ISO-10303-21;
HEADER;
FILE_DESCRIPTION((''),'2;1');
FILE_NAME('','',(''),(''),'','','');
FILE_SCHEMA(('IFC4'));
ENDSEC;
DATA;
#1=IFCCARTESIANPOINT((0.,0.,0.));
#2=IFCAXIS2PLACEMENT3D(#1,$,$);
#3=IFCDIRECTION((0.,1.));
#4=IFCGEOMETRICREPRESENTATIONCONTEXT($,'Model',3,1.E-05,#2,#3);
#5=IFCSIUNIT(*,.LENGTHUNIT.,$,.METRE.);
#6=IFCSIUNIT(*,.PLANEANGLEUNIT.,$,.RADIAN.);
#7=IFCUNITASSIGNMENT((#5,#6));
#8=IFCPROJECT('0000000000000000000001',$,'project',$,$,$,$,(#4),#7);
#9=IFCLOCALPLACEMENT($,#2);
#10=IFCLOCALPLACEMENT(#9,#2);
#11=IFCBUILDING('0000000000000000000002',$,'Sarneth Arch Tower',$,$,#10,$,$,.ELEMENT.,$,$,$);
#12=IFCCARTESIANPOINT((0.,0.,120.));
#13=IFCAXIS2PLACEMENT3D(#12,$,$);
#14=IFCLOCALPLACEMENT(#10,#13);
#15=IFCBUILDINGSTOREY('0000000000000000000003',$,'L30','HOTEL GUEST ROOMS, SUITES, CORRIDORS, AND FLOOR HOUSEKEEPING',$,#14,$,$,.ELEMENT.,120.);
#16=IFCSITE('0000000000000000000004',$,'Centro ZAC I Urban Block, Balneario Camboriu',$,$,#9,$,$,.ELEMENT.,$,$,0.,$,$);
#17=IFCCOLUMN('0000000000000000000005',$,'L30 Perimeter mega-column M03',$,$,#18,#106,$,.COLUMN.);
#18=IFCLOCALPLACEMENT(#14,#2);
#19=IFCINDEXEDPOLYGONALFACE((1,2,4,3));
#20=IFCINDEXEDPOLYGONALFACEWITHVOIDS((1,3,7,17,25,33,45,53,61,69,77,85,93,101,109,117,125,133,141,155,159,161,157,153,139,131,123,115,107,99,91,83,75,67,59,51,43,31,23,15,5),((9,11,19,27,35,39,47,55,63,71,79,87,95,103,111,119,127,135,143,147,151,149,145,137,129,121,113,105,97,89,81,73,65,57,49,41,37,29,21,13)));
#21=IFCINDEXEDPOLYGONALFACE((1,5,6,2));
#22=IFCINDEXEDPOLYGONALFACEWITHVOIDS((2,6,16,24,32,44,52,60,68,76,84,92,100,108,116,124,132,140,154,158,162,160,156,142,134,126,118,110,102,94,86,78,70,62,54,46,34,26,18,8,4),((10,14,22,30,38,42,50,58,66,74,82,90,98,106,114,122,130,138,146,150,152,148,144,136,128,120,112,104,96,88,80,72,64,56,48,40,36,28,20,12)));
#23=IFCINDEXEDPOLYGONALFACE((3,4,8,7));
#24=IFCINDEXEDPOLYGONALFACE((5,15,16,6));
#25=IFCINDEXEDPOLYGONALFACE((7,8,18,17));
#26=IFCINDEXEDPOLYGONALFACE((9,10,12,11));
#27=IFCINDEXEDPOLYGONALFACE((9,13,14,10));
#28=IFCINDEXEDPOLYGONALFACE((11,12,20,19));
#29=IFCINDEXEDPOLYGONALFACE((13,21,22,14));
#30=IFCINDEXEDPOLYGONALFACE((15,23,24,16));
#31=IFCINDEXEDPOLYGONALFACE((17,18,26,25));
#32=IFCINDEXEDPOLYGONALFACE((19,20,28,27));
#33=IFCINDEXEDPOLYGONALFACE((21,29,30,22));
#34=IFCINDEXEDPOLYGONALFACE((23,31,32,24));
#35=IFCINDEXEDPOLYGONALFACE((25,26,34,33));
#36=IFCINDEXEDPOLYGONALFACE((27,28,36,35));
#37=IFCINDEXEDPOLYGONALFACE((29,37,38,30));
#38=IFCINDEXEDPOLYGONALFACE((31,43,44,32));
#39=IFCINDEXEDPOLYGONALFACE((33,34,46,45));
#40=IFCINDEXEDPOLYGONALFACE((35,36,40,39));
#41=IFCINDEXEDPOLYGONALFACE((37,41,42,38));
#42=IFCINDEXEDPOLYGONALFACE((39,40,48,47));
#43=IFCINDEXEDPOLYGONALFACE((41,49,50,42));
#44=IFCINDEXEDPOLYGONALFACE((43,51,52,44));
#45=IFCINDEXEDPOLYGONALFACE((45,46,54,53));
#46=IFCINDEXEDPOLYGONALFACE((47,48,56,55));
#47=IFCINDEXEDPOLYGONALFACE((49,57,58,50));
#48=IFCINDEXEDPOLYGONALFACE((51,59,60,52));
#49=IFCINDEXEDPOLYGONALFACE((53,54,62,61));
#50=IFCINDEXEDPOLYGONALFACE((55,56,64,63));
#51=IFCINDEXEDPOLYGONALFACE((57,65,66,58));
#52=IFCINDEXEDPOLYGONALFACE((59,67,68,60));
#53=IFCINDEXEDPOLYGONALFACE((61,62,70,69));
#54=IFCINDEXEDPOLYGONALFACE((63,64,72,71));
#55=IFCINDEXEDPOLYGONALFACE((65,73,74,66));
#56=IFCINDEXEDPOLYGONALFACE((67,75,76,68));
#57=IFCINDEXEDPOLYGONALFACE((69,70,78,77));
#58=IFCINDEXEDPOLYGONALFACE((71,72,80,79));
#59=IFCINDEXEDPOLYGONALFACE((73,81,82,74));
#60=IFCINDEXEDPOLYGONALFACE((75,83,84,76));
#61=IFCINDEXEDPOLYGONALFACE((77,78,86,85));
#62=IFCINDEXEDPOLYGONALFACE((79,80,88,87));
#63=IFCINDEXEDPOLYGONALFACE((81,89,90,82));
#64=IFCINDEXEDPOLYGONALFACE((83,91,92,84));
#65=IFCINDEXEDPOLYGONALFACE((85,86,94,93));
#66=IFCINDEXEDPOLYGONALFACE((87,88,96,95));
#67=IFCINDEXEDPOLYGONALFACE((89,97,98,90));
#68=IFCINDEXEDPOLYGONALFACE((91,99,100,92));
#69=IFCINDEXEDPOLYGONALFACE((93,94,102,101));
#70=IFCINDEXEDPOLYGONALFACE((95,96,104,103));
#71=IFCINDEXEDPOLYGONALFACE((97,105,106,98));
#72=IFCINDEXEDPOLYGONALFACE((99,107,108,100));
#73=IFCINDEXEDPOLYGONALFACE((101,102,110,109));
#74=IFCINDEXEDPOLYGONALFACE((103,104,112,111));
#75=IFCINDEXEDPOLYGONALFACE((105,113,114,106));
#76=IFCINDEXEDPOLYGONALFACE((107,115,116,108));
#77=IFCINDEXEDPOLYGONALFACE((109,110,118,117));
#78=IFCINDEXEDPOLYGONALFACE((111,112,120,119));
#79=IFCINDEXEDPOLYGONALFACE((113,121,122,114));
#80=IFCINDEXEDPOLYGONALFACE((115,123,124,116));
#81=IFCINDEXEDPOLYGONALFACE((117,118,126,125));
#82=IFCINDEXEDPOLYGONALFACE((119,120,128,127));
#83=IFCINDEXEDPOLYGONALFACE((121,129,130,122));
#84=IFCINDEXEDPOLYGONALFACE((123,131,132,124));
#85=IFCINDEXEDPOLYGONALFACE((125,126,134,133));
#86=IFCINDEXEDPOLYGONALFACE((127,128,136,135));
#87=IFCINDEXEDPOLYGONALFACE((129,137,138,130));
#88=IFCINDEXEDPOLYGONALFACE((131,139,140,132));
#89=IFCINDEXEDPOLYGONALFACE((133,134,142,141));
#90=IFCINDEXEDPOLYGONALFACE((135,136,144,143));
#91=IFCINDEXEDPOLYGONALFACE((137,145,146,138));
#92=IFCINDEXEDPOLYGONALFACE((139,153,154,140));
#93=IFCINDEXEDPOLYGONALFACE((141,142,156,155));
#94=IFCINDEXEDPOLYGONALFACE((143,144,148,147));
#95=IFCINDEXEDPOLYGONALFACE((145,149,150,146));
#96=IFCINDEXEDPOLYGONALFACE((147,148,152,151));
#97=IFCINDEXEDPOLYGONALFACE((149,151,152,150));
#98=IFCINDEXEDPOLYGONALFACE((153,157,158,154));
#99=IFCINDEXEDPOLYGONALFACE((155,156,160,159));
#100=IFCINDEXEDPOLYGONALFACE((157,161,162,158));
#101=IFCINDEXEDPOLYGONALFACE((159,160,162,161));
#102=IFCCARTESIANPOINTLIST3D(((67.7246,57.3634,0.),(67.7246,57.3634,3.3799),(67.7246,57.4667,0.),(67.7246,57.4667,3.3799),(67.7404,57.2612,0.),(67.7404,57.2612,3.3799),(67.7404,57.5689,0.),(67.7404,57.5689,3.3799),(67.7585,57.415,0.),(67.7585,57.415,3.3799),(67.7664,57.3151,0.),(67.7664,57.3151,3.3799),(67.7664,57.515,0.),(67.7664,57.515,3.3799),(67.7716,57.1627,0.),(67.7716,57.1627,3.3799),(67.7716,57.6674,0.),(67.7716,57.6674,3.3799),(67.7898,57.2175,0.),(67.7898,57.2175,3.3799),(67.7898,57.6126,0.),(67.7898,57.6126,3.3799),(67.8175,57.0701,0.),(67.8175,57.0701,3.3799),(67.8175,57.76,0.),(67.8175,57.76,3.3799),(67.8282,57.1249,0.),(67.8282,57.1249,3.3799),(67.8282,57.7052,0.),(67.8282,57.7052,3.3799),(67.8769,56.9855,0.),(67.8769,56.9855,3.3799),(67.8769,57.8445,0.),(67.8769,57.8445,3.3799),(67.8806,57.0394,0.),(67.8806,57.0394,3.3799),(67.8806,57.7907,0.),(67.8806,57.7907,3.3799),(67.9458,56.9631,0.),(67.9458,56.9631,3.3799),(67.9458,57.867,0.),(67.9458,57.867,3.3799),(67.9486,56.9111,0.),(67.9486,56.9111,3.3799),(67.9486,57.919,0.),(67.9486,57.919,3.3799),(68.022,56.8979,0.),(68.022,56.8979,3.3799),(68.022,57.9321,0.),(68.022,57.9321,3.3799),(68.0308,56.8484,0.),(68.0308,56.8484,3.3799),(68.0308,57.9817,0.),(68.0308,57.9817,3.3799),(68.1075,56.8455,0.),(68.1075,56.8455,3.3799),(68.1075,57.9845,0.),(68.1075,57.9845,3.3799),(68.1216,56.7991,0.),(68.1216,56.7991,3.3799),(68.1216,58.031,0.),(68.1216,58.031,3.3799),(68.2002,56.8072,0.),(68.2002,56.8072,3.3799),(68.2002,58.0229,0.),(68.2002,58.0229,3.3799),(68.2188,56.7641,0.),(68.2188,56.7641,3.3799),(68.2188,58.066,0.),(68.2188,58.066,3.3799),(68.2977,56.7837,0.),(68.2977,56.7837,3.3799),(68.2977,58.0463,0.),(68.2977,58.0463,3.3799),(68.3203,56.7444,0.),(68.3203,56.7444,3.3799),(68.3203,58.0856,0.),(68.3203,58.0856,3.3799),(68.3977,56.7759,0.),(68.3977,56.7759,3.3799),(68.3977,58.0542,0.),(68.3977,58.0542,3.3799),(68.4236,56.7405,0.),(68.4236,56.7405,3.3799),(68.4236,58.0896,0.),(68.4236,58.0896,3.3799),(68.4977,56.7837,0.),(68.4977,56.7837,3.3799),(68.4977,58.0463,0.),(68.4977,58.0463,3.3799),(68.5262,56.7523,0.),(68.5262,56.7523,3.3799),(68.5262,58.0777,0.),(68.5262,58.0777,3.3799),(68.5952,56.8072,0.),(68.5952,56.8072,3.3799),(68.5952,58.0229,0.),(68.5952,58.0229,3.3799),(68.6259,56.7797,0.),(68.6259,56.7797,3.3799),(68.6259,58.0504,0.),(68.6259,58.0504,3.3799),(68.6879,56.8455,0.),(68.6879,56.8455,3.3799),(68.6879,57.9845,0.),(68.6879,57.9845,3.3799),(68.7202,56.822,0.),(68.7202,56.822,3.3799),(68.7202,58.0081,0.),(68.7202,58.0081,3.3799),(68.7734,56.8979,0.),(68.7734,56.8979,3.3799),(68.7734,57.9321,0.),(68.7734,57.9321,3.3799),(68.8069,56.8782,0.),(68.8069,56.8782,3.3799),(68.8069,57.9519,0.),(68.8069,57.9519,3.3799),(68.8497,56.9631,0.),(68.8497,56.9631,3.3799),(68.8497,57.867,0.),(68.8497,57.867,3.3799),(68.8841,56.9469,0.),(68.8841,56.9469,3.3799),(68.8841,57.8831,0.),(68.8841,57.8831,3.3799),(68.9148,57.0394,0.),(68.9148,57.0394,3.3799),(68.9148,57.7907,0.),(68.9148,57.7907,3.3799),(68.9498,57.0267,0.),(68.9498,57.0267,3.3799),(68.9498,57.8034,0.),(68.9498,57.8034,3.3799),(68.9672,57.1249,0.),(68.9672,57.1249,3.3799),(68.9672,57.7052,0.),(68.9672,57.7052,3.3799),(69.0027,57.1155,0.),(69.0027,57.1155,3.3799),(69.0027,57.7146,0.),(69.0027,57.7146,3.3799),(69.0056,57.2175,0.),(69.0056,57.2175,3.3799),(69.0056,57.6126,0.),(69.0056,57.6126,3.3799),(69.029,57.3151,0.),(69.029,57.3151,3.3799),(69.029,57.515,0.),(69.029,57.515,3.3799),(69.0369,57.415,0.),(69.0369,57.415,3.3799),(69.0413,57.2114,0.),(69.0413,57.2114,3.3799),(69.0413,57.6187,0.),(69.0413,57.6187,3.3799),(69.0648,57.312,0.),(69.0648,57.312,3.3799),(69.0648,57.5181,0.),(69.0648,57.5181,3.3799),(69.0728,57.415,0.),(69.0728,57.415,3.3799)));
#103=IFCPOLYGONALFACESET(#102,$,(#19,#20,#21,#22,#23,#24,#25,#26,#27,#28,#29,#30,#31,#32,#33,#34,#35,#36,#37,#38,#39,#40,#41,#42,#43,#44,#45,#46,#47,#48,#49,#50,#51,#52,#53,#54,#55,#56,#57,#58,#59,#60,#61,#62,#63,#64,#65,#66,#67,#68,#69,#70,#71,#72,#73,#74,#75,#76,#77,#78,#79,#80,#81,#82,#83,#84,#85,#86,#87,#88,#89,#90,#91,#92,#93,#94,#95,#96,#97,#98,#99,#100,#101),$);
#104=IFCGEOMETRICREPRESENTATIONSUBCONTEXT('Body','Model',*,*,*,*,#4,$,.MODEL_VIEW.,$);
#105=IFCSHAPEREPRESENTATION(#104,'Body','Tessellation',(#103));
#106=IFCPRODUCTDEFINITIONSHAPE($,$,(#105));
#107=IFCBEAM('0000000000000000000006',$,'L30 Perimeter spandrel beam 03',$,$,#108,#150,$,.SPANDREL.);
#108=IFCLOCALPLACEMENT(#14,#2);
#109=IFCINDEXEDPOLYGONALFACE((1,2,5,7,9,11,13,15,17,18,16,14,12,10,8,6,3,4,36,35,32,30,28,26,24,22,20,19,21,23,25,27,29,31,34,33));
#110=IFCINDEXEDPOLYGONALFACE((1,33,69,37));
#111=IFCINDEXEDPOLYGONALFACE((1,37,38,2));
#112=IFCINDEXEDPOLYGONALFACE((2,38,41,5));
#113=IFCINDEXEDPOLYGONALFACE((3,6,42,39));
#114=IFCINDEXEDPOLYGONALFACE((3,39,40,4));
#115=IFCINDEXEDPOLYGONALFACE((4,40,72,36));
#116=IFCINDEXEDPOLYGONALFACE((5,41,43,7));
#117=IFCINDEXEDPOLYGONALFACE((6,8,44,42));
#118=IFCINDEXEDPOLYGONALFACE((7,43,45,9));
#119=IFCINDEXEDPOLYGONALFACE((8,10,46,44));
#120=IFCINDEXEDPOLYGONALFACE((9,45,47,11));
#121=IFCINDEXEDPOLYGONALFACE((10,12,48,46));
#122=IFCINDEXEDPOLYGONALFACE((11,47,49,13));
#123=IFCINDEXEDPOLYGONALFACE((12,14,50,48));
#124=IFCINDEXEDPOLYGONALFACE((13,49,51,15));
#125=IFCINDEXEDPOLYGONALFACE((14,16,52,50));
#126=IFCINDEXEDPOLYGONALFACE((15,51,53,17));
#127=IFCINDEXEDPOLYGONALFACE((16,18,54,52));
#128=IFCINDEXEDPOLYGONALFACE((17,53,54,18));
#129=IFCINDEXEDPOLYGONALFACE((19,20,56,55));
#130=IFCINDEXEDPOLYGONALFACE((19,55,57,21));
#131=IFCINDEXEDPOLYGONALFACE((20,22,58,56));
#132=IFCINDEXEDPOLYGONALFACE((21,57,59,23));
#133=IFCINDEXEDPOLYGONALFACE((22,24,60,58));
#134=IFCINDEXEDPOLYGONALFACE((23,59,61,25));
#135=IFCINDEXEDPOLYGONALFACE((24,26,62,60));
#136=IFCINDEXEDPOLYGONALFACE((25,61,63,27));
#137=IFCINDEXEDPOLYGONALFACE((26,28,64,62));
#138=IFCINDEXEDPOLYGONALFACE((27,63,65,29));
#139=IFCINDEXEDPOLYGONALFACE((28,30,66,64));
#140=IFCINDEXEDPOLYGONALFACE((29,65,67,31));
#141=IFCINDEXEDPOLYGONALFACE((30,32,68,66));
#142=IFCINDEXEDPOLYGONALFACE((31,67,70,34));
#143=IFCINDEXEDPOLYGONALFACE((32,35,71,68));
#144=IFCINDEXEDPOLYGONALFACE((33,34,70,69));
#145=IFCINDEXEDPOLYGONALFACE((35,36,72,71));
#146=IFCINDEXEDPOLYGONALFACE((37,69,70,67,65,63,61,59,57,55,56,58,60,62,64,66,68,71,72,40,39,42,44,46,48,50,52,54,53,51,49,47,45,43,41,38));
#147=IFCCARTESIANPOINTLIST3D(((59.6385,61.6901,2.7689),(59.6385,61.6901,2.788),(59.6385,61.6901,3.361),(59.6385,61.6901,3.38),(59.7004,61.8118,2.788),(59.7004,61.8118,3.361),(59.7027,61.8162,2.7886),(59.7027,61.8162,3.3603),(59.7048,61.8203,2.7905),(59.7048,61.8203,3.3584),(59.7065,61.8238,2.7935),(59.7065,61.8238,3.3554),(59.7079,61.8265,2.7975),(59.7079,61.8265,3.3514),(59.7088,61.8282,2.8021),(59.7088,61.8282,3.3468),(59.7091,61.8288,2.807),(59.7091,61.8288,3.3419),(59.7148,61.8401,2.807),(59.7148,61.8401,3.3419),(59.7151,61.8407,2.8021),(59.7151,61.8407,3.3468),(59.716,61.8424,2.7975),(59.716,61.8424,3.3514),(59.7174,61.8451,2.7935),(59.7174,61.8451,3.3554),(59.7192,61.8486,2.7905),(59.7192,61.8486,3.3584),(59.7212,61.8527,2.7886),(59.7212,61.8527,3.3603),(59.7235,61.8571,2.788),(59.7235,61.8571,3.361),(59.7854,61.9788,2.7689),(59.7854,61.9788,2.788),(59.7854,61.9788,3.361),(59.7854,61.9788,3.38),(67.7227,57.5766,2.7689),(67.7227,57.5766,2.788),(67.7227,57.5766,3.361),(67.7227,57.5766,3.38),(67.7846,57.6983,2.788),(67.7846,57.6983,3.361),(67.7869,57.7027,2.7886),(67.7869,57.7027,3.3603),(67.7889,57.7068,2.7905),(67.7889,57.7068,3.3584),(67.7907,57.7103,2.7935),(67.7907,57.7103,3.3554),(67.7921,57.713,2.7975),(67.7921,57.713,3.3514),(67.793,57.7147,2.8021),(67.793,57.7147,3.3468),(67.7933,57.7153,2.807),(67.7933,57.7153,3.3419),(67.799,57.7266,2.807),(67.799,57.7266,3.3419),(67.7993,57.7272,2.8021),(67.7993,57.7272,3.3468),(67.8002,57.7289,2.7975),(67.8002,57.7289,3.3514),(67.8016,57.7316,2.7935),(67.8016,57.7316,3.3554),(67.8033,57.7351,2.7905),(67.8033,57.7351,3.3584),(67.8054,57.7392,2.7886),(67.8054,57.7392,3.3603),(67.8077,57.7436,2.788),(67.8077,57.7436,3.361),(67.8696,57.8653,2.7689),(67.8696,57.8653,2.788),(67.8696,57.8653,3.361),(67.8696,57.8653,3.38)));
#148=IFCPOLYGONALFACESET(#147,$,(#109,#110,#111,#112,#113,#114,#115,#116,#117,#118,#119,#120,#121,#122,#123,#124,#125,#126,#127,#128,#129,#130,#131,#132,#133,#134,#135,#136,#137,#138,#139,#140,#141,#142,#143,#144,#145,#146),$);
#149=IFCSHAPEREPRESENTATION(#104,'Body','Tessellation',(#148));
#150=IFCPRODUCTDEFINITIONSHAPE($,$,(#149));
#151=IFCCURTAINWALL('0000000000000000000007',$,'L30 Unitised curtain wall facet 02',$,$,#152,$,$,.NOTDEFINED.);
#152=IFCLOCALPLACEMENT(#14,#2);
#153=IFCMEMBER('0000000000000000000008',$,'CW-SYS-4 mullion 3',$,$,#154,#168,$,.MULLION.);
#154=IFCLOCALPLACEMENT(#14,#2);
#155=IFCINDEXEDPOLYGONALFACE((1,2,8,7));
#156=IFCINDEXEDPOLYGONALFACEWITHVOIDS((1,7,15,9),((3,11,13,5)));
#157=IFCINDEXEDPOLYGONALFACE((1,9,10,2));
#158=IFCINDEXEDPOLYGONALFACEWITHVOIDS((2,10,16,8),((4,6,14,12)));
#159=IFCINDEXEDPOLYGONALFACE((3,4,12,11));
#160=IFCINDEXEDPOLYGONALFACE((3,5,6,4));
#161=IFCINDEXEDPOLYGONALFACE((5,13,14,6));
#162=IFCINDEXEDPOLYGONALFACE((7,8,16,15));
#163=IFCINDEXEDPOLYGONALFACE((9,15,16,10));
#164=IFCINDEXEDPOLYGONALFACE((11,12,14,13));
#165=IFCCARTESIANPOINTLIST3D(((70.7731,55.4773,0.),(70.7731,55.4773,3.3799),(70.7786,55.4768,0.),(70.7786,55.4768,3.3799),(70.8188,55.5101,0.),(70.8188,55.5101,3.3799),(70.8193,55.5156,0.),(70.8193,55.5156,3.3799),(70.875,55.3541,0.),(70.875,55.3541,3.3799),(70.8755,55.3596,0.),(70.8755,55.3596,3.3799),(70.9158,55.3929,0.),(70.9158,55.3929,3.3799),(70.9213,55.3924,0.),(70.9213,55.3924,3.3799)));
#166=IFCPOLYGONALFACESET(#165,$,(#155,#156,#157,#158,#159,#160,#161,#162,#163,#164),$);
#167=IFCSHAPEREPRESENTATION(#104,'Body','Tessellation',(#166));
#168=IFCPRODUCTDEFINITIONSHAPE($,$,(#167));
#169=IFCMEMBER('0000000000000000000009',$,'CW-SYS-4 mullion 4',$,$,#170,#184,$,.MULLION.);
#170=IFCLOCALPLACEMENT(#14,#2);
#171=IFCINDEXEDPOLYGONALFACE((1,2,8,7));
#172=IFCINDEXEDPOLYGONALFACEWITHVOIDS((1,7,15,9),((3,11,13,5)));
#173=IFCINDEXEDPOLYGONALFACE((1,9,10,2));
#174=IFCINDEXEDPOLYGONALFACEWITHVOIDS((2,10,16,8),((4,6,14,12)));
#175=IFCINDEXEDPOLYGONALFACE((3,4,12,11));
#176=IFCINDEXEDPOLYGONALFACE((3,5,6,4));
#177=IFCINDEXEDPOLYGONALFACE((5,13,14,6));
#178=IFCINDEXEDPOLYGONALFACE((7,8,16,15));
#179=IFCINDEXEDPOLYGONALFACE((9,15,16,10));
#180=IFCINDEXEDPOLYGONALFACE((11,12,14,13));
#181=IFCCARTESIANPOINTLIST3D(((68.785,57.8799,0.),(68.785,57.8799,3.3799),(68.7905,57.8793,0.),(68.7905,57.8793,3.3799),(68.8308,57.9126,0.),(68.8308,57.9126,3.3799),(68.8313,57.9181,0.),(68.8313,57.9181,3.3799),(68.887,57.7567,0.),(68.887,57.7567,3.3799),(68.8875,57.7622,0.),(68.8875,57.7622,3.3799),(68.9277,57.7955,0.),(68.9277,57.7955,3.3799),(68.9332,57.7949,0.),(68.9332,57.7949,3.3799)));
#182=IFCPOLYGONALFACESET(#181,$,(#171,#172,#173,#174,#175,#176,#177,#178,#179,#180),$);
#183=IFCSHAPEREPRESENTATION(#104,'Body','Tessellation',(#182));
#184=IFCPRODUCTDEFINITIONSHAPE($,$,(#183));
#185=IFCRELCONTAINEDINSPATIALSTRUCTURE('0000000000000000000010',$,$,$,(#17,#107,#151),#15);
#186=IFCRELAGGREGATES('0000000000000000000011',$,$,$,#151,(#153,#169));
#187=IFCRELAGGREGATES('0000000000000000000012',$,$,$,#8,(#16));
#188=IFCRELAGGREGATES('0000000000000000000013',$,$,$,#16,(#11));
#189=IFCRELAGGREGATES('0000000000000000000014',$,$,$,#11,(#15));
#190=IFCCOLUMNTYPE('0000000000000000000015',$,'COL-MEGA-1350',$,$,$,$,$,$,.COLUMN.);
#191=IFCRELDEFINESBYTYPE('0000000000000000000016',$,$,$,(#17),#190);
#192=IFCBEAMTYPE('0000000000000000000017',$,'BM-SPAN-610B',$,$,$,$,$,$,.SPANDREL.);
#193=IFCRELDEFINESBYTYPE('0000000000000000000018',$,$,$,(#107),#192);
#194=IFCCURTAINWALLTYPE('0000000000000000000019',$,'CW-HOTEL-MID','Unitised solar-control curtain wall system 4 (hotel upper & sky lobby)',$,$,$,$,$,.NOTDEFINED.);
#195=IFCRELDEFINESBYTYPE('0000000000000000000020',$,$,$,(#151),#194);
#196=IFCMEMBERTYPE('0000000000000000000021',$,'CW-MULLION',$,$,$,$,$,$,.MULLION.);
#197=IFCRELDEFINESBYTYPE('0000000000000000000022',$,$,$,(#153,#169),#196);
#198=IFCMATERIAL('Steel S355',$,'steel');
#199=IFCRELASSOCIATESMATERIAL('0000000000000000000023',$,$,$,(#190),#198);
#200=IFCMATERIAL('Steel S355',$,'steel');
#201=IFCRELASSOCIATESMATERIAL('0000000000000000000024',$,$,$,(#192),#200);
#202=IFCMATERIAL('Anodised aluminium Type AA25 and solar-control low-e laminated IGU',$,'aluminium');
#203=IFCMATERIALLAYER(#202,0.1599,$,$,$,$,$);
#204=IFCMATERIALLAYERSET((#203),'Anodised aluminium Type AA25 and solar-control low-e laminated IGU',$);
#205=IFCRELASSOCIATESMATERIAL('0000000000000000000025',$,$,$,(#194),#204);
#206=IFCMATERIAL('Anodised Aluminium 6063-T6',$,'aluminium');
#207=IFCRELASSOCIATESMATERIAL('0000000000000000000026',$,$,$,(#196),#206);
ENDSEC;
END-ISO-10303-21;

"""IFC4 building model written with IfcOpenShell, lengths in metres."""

from ifc_helpers import new_model, si_unit, direction, frame, origin, origin_2d, place, context, subcontext, project, spatial, hollow_rectangle, hollow_circle, i_section, extrude, material, layer, layer_set, material_profile, profile_set, type_object, element, aggregate, save


model = new_model("IFC4")

# Units and contexts
model_context = context("Model", 3, precision=1e-05, world=origin(), true_north=direction((0.0, 1.0)))
body_context = subcontext(model_context, "Body", "Model", "MODEL_VIEW")
ifc_project = project(units=[si_unit("LENGTHUNIT", "METRE"), si_unit("PLANEANGLEUNIT", "RADIAN")], contexts=[model_context])

# Site, building, storey
site_placement = place(None, origin())
site = spatial("IfcSite", under=ifc_project, at=site_placement, Name="Centro ZAC I Urban Block, Balneario Camboriu", CompositionType="ELEMENT", RefElevation=0.0)
building_placement = place(site_placement, origin())
building = spatial("IfcBuilding", under=site, at=building_placement, Name="Sarneth Arch Tower", CompositionType="ELEMENT")
storey_placement = place(building_placement, frame((0.0, 0.0, 120.0)))
storey = spatial("IfcBuildingStorey", under=building, at=storey_placement, Name="L30", Description="HOTEL GUEST ROOMS, SUITES, CORRIDORS, AND FLOOR HOUSEKEEPING", CompositionType="ELEMENT", Elevation=120.0)

# Column
ifc_material_1 = material(Name="Steel S355", Category="steel")
ifc_material_profile_1 = material_profile(ifc_material_1, hollow_circle(Radius=0.675, WallThickness=0.0359, at=origin_2d()), Name="CHS1350x36")
ifc_profile_set_1 = profile_set([ifc_material_profile_1], Name="Steel S355")
column_type = type_object("IfcColumnType", Name="COL-MEGA-1350", PredefinedType="COLUMN", material=ifc_profile_set_1)
column_placement = place(storey_placement, frame((68.3977, 57.415, 0.0), z_axis=(0.0, 0.0, 1.0), x_axis=(1.0, 0.0, 0.0)))
element("IfcColumn", 1, at=column_placement, inside=storey, type_object=column_type, Name="L30 Perimeter mega-column M03", PredefinedType="COLUMN", context=body_context, shape_type="SweptSolid", body=[
    extrude(hollow_circle(Radius=0.675, WallThickness=0.0359, at=origin_2d()), origin(), (0.0, 0.0, 1.0), 3.3799),
])

# Beam
ifc_material_2 = material(Name="Steel S355", Category="steel")
ifc_material_profile_2 = material_profile(ifc_material_2, i_section(OverallWidth=0.324, OverallDepth=0.6111, WebThickness=0.0127, FlangeThickness=0.019, FilletRadius=0.019, at=origin_2d()), Name="W610x155")
ifc_profile_set_2 = profile_set([ifc_material_profile_2], Name="Steel S355")
beam_type = type_object("IfcBeamType", Name="BM-SPAN-610B", PredefinedType="SPANDREL", material=ifc_profile_set_2)
beam_placement = place(storey_placement, frame((67.7961, 57.7209, 3.0745), z_axis=(-0.891256, 0.453501, 0.0), x_axis=(-0.453501, -0.891256, 0.0)))
element("IfcBeam", 2, at=beam_placement, inside=storey, type_object=beam_type, Name="L30 Perimeter spandrel beam 03", PredefinedType="SPANDREL", context=body_context, shape_type="SweptSolid", body=[
    extrude(i_section(OverallWidth=0.324, OverallDepth=0.6111, WebThickness=0.0127, FlangeThickness=0.019, FilletRadius=0.019, at=origin_2d()), origin(), (0.0, 0.0, 1.0), 9.0706),
])

# Curtain wall, members
ifc_material_3 = material(Name="Anodised aluminium Type AA25 and solar-control low-e laminated IGU", Category="aluminium")
ifc_layer_1 = layer(ifc_material_3, 0.1599)
ifc_layer_set_1 = layer_set([ifc_layer_1], Name="Anodised aluminium Type AA25 and solar-control low-e laminated IGU")
curtain_wall_type = type_object("IfcCurtainWallType", Name="CW-HOTEL-MID", Description="Unitised solar-control curtain wall system 4 (hotel upper & sky lobby)", PredefinedType="NOTDEFINED", material=ifc_layer_set_1)
curtain_wall_placement = place(storey_placement, origin())
curtain_wall = element("IfcCurtainWall", 3, at=curtain_wall_placement, inside=storey, type_object=curtain_wall_type, Name="L30 Unitised curtain wall facet 02", PredefinedType="NOTDEFINED")
ifc_material_4 = material(Name="Anodised Aluminium 6063-T6", Category="aluminium")
ifc_material_profile_3 = material_profile(ifc_material_4, hollow_rectangle(XDim=0.0601, YDim=0.1599, WallThickness=0.0039, at=origin_2d()), Name="AL-MULL-160x60x4")
ifc_profile_set_3 = profile_set([ifc_material_profile_3], Name="Anodised Aluminium 6063-T6")
member_type_1 = type_object("IfcMemberType", Name="CW-MULLION", PredefinedType="MULLION", material=ifc_profile_set_3)
member_1_placement = place(storey_placement, frame((70.8472, 55.4348, 0.0), z_axis=(0.0, 0.0, 1.0), x_axis=(-0.770438, -0.637515, 0.0)))
member_1 = element("IfcMember", 4, at=member_1_placement, type_object=member_type_1, Name="CW-SYS-4 mullion 3", PredefinedType="MULLION", context=body_context, shape_type="SweptSolid", body=[
    extrude(hollow_rectangle(XDim=0.0601, YDim=0.1599, WallThickness=0.0039, at=origin_2d()), origin(), (0.0, 0.0, 1.0), 3.3799),
])
member_2_placement = place(storey_placement, frame((68.8591, 57.8374, 0.0), z_axis=(0.0, 0.0, 1.0), x_axis=(-0.770438, -0.637515, 0.0)))
member_2 = element("IfcMember", 5, at=member_2_placement, type_object=member_type_1, Name="CW-SYS-4 mullion 4", PredefinedType="MULLION", context=body_context, shape_type="SweptSolid", body=[
    extrude(hollow_rectangle(XDim=0.0601, YDim=0.1599, WallThickness=0.0039, at=origin_2d()), origin(), (0.0, 0.0, 1.0), 3.3799),
])

aggregate(curtain_wall, [member_1, member_2])

save(model, "model.ifc")
